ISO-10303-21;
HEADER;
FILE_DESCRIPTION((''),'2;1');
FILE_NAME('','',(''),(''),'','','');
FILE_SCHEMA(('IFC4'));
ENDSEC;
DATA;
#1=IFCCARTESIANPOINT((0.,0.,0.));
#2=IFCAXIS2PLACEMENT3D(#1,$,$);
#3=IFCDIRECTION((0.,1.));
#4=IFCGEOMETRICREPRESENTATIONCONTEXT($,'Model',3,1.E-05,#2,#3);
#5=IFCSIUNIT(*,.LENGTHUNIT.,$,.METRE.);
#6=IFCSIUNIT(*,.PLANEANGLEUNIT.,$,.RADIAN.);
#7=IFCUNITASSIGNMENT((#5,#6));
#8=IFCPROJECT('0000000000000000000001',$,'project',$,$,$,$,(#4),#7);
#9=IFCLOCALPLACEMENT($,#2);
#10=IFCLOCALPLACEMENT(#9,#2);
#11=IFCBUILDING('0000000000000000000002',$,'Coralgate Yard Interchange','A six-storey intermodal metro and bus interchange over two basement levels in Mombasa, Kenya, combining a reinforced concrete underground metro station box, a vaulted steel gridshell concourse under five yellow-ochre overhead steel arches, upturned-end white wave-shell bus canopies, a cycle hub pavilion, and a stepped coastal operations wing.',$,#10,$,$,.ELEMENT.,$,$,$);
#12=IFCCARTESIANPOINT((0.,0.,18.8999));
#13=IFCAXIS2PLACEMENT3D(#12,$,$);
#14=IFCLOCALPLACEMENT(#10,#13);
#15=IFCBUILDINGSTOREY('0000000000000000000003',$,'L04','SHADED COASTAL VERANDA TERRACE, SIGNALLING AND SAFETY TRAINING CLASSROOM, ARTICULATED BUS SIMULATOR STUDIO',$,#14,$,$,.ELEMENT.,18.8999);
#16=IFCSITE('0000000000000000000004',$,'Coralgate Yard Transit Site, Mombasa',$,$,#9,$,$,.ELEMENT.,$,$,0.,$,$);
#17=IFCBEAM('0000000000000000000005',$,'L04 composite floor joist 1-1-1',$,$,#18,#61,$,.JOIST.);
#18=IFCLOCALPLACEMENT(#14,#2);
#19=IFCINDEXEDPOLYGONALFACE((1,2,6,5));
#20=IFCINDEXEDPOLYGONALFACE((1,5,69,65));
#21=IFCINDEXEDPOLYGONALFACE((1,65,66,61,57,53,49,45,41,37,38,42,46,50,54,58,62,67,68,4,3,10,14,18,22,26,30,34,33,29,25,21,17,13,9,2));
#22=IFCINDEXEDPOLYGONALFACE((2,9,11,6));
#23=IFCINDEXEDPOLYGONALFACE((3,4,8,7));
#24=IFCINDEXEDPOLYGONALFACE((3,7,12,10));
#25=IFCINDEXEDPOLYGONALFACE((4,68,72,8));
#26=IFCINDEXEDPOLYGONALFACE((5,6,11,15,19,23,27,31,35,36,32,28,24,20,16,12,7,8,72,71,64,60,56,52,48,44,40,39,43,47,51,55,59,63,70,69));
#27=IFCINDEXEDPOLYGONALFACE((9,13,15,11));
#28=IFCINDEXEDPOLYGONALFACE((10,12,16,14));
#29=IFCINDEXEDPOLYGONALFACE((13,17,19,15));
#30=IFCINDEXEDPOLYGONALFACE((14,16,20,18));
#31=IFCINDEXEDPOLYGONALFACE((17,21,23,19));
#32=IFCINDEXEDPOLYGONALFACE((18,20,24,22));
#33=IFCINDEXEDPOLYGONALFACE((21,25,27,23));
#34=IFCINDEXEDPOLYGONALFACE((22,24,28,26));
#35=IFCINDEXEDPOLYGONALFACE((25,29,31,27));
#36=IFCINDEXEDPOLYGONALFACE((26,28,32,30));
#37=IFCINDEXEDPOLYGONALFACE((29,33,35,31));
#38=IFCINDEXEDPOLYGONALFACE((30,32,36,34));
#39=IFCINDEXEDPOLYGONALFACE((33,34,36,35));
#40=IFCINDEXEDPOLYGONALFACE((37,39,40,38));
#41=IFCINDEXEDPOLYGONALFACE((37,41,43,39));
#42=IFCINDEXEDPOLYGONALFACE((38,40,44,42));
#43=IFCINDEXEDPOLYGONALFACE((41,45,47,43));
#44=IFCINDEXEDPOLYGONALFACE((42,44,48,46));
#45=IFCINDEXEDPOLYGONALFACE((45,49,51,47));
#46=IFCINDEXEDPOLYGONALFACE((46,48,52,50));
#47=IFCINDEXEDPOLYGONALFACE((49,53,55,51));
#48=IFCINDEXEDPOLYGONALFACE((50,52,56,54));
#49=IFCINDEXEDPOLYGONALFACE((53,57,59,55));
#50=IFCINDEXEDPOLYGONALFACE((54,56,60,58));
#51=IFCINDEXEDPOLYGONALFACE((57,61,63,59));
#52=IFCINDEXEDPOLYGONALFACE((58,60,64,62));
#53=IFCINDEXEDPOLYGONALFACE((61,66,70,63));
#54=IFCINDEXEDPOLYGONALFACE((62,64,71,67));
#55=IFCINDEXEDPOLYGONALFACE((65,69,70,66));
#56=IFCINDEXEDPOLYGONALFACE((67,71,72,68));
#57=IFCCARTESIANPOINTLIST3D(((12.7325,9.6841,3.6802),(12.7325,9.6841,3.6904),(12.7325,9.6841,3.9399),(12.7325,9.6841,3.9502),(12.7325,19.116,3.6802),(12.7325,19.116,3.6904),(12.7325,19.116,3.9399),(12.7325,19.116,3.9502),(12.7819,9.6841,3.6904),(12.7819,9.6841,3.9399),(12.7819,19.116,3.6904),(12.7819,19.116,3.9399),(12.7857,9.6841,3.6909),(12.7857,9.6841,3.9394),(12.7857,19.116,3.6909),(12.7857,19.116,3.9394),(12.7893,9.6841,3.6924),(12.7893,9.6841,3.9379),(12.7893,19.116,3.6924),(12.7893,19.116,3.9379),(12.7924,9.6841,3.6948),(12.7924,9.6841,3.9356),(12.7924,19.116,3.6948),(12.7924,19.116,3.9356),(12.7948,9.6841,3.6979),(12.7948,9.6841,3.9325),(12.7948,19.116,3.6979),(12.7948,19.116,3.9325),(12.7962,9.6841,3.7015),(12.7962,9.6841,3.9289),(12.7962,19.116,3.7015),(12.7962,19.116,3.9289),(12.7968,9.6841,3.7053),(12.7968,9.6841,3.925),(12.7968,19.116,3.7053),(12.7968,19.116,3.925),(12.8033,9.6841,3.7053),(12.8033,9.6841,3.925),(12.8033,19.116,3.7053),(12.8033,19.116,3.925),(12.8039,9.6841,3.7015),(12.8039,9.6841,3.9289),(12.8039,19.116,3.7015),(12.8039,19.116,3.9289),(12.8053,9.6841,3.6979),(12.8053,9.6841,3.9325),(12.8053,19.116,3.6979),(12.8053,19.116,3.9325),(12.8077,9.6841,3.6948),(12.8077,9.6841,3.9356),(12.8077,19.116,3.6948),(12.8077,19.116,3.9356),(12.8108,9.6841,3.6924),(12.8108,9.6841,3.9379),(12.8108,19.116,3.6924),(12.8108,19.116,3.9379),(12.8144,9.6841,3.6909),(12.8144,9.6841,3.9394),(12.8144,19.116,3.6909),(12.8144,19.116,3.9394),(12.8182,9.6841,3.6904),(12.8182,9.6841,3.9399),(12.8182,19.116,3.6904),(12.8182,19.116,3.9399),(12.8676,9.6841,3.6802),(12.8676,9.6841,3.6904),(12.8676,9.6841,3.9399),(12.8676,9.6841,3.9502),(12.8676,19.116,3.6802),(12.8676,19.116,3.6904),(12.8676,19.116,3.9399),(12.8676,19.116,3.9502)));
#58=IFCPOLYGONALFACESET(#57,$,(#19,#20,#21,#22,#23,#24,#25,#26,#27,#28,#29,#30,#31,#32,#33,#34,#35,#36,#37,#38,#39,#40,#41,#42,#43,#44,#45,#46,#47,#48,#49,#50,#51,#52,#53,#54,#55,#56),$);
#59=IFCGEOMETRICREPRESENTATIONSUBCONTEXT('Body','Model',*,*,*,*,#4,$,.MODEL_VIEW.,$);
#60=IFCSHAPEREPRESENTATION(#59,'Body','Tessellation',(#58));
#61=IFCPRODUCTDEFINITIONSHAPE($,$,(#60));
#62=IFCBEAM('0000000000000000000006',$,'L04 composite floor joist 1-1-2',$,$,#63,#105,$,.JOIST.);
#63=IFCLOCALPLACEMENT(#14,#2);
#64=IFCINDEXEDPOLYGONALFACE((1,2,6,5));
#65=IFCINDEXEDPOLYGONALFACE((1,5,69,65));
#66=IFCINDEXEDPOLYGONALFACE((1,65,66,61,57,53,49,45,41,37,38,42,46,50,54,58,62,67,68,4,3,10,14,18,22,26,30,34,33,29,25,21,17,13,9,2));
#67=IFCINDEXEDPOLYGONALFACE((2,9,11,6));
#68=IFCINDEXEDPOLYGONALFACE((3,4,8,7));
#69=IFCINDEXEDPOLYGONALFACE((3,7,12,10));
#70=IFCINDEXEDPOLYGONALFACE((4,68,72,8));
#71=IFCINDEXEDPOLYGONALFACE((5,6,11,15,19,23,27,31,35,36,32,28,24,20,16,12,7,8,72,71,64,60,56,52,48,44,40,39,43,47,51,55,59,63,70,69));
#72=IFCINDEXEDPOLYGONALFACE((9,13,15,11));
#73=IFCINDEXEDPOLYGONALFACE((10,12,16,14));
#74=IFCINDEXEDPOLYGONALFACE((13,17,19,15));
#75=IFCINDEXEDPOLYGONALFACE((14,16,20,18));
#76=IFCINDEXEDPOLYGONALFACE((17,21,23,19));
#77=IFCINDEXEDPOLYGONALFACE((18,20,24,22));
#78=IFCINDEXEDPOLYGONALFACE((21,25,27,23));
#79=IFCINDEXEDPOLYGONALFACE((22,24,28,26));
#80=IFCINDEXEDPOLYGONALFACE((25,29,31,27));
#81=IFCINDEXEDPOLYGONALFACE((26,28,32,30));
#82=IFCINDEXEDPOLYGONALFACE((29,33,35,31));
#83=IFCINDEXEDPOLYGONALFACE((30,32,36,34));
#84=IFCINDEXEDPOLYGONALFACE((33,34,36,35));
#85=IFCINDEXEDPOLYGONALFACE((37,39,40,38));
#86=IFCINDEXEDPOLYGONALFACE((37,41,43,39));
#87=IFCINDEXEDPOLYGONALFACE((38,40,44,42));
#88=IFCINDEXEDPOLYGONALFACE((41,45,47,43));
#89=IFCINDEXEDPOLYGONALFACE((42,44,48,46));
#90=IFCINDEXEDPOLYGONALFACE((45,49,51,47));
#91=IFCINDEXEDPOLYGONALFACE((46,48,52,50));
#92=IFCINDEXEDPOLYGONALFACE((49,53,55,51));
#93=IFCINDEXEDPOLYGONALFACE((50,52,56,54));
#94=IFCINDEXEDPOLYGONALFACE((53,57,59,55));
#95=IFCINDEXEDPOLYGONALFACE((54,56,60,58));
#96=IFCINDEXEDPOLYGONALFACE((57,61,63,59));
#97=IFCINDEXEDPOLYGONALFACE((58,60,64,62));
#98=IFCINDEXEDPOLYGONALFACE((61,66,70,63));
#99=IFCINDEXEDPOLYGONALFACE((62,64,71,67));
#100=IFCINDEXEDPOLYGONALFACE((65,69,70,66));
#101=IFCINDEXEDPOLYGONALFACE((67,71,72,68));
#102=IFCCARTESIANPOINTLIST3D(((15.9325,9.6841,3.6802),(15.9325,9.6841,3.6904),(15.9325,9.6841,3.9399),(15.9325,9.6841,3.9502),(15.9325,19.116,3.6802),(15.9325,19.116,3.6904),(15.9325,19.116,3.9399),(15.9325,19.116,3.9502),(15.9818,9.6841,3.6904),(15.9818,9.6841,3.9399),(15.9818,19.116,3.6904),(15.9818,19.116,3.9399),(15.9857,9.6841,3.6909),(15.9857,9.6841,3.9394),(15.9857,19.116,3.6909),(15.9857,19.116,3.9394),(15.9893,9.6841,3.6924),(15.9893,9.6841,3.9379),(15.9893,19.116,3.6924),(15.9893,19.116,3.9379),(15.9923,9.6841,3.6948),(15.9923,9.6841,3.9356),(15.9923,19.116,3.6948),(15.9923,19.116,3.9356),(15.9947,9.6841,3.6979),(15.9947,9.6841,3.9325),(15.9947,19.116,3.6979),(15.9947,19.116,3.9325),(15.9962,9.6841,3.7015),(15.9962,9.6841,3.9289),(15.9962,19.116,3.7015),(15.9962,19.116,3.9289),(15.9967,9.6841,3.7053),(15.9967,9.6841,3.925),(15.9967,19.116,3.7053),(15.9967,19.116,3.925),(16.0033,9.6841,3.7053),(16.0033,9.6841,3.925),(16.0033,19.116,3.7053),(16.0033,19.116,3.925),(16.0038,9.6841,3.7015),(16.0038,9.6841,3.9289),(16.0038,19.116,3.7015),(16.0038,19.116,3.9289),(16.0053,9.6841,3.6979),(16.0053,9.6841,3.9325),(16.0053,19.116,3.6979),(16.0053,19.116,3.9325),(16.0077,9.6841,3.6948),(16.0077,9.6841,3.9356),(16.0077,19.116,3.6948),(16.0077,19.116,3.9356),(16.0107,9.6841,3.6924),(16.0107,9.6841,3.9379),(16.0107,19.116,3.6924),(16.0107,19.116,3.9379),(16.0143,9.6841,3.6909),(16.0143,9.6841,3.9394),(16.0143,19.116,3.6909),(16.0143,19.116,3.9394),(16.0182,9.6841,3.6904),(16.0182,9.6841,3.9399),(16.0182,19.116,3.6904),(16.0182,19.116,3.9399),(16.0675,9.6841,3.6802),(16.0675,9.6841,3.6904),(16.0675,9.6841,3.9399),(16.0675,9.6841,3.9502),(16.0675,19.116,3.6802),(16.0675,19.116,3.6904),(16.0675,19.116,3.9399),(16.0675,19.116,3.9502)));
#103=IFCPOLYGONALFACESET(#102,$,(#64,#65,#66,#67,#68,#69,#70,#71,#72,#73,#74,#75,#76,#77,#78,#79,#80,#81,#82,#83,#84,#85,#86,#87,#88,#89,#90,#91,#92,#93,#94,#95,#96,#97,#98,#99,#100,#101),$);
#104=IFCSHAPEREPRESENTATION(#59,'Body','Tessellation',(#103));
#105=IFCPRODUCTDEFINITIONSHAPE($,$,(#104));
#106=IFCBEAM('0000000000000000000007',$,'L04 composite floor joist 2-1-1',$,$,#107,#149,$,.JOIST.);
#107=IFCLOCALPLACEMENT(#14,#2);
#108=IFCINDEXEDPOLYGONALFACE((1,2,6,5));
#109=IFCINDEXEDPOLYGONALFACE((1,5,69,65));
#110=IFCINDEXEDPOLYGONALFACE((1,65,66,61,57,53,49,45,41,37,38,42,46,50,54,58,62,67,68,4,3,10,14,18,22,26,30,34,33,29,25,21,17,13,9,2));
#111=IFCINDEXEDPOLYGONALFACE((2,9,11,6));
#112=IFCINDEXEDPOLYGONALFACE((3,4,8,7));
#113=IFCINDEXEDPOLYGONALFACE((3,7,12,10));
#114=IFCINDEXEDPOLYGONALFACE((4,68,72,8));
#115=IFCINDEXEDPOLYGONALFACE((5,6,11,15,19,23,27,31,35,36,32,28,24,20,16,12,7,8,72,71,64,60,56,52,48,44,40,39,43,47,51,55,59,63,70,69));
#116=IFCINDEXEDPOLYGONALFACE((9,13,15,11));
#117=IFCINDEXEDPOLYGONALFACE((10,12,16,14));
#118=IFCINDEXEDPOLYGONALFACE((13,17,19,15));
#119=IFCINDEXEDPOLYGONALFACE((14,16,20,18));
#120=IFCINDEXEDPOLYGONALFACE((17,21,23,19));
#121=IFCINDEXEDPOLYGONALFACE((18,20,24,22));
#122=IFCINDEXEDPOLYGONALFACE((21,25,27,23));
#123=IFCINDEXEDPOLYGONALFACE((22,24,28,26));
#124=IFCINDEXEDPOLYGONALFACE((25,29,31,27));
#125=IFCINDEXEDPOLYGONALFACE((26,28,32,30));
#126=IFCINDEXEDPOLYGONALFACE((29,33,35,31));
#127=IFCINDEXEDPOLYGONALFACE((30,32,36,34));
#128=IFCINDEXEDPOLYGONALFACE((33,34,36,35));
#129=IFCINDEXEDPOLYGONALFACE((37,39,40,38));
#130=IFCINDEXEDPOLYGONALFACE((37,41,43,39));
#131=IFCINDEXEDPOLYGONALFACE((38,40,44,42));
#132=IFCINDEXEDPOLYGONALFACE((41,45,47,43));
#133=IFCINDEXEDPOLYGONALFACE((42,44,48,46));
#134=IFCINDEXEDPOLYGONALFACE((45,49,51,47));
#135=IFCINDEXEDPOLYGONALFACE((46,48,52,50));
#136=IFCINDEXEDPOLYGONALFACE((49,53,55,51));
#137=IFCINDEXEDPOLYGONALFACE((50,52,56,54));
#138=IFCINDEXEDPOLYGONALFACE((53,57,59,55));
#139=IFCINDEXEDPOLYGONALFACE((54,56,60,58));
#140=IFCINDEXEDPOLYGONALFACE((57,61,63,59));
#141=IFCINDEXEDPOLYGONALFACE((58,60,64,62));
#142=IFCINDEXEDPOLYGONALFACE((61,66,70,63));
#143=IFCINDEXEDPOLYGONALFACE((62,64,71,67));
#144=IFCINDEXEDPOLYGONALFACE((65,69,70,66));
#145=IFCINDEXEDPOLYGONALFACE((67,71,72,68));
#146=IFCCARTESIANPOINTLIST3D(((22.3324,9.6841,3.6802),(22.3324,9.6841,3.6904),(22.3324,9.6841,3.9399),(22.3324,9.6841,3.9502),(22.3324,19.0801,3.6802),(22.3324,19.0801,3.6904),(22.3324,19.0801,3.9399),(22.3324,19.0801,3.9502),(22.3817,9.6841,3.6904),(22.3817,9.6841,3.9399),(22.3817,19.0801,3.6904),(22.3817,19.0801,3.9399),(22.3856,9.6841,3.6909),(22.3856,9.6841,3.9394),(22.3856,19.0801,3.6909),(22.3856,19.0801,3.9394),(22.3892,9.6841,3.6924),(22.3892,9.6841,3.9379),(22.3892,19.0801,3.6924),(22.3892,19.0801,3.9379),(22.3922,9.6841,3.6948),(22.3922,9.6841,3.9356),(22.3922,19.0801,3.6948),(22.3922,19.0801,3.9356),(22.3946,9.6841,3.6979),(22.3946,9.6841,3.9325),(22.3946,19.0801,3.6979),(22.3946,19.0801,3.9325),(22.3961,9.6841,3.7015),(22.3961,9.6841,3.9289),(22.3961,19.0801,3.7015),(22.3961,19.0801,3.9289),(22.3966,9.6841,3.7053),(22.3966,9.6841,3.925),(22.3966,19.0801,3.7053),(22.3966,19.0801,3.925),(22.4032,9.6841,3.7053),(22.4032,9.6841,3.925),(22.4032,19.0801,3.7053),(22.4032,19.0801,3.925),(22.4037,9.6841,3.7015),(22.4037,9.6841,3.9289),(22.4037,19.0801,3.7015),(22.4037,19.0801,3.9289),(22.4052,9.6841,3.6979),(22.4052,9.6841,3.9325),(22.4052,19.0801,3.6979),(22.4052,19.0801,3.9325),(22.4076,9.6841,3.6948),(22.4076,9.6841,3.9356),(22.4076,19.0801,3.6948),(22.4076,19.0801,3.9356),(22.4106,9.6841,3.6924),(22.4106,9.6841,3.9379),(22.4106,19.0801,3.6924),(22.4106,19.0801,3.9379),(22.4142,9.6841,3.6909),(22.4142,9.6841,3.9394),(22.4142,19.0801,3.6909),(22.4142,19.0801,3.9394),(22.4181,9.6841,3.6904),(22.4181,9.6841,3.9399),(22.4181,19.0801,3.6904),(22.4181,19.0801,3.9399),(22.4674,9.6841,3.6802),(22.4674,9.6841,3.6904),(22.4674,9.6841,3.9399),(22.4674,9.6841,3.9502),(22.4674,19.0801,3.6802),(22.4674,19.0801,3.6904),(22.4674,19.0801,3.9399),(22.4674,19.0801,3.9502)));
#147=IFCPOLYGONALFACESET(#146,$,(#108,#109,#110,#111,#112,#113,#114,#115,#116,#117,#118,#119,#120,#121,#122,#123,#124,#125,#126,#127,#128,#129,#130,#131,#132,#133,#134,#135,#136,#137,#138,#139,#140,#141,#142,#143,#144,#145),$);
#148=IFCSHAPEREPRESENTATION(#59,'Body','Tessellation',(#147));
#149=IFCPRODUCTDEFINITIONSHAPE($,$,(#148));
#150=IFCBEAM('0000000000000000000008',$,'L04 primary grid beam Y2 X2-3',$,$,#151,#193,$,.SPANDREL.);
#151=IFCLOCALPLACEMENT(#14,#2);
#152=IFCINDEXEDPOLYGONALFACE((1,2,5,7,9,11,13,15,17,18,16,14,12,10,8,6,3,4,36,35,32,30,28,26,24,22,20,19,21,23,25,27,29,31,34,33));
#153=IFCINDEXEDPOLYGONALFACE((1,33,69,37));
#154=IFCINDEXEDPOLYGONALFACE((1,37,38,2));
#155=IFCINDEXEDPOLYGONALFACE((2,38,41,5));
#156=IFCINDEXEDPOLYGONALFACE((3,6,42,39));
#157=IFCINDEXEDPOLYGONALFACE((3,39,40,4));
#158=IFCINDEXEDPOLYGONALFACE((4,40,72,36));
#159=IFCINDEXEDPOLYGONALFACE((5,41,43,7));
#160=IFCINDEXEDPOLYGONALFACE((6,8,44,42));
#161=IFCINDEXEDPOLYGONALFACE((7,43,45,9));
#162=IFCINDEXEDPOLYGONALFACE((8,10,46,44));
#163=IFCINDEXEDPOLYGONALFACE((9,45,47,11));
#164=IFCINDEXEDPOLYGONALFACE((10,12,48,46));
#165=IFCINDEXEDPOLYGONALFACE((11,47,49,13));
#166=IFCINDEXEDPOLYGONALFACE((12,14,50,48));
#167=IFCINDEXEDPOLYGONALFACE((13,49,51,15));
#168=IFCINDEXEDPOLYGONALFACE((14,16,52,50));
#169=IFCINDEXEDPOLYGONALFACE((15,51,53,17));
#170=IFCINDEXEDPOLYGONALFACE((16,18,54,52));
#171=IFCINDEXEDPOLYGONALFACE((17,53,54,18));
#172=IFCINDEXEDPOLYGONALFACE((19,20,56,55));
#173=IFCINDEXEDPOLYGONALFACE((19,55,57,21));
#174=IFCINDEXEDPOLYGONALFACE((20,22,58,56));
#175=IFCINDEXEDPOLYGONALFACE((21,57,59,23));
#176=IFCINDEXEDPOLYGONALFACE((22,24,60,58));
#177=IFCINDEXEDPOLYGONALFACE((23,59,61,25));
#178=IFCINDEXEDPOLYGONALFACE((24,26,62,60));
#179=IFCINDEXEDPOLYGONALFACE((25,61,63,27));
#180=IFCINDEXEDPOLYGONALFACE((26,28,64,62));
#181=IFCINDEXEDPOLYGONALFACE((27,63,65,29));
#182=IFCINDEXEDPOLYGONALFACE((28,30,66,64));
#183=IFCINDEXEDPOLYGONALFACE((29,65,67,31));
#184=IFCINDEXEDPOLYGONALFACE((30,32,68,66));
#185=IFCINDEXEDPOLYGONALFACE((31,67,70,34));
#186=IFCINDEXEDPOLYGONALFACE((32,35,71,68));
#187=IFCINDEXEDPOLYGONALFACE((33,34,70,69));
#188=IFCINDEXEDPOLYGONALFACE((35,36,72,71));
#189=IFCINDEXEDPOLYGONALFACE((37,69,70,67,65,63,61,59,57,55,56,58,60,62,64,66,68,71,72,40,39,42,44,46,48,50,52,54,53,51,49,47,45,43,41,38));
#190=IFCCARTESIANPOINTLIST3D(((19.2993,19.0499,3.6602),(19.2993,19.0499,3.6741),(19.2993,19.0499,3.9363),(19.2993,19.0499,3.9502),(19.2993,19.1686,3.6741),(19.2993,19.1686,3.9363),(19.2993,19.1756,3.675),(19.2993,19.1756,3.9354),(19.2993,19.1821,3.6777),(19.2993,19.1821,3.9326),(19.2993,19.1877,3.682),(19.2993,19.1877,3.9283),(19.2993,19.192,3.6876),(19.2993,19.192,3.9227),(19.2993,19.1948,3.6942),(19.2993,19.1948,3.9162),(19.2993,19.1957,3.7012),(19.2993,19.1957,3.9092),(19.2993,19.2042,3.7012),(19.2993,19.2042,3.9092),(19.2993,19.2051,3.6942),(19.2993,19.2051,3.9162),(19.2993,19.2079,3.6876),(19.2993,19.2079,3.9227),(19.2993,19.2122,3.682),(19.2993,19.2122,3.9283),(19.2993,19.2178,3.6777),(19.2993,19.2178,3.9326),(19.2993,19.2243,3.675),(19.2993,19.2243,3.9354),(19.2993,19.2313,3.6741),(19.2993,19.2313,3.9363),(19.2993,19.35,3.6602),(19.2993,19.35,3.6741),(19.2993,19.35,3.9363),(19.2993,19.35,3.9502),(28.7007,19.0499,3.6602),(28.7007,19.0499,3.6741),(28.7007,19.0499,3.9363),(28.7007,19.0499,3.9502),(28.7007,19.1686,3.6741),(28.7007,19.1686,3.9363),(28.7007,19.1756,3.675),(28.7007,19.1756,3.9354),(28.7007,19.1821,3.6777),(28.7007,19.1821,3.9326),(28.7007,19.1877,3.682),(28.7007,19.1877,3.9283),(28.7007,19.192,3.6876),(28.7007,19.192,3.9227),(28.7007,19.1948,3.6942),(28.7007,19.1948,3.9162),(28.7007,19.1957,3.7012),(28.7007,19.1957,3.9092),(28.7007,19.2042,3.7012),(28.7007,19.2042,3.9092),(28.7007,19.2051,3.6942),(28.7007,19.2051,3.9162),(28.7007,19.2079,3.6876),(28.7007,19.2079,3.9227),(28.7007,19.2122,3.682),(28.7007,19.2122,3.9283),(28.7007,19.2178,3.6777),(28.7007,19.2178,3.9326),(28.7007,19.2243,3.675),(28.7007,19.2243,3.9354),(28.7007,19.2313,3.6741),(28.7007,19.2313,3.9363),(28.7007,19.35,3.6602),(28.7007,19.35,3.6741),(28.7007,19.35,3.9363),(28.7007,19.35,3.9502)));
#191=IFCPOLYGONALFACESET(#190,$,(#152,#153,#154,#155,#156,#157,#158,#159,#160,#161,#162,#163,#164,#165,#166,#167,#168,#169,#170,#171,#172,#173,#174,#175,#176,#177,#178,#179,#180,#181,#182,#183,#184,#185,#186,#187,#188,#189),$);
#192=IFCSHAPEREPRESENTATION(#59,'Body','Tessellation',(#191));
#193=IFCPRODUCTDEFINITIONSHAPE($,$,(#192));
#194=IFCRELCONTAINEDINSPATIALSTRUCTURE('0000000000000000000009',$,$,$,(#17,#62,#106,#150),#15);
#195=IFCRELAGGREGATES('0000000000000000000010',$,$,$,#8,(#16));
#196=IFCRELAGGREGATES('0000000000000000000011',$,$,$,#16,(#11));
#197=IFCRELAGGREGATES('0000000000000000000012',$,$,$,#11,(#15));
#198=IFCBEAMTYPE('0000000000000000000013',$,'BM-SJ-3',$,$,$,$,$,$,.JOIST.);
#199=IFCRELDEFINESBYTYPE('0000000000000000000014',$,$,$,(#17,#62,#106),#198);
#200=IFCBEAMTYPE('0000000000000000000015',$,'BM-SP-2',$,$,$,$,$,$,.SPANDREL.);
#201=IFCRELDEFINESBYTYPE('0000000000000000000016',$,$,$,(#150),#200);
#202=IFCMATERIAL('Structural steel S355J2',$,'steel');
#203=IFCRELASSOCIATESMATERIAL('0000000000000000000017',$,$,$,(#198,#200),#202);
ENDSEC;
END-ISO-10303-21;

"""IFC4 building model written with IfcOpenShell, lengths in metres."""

from ifc_helpers import new_model, si_unit, direction, frame, origin, origin_2d, place, context, subcontext, project, spatial, i_section, extrude, material, material_profile, profile_set, type_object, element, save


model = new_model("IFC4")

# Units and contexts
model_context = context("Model", 3, precision=1e-05, world=origin(), true_north=direction((0.0, 1.0)))
body_context = subcontext(model_context, "Body", "Model", "MODEL_VIEW")
ifc_project = project(units=[si_unit("LENGTHUNIT", "METRE"), si_unit("PLANEANGLEUNIT", "RADIAN")], contexts=[model_context])

# Site, building, storey
site_placement = place(None, origin())
site = spatial("IfcSite", under=ifc_project, at=site_placement, Name="Coralgate Yard Transit Site, Mombasa", CompositionType="ELEMENT", RefElevation=0.0)
building_placement = place(site_placement, origin())
building = spatial("IfcBuilding", under=site, at=building_placement, Name="Coralgate Yard Interchange", Description="A six-storey intermodal metro and bus interchange over two basement levels in Mombasa, Kenya, combining a reinforced concrete underground metro station box, a vaulted steel gridshell concourse under five yellow-ochre overhead steel arches, upturned-end white wave-shell bus canopies, a cycle hub pavilion, and a stepped coastal operations wing.", CompositionType="ELEMENT")
storey_placement = place(building_placement, frame((0.0, 0.0, 18.8999)))
storey = spatial("IfcBuildingStorey", under=building, at=storey_placement, Name="L04", Description="SHADED COASTAL VERANDA TERRACE, SIGNALLING AND SAFETY TRAINING CLASSROOM, ARTICULATED BUS SIMULATOR STUDIO", CompositionType="ELEMENT", Elevation=18.8999)

# Shared definitions
ifc_material_1 = material(Name="Structural steel S355J2", Category="steel")

# Beams
ifc_material_profile_1 = material_profile(ifc_material_1, i_section(OverallWidth=0.135, OverallDepth=0.27, WebThickness=0.0066, FlangeThickness=0.0103, FilletRadius=0.0149, at=origin_2d()), Name="IPE 270")
ifc_profile_set_1 = profile_set([ifc_material_profile_1], Name="Structural steel S355J2")
beam_type_1 = type_object("IfcBeamType", Name="BM-SJ-3", PredefinedType="JOIST", material=ifc_profile_set_1)
for number, where, z_axis, x_axis, name in (
    (1, (12.8, 9.6841, 3.8152), (0.0, 1.0, 0.0), (-1.0, 0.0, 0.0), "L04 composite floor joist 1-1-1"),
    (2, (16.0, 9.6841, 3.8152), (0.0, 1.0, 0.0), (-1.0, 0.0, 0.0), "L04 composite floor joist 1-1-2"),
):
    element("IfcBeam", number, at=place(storey_placement, frame(where, z_axis=z_axis, x_axis=x_axis)), inside=storey, type_object=beam_type_1, Name=name, PredefinedType="JOIST", context=body_context, shape_type="SweptSolid", body=[
        extrude(i_section(OverallWidth=0.135, OverallDepth=0.27, WebThickness=0.0066, FlangeThickness=0.0103, FilletRadius=0.0149, at=origin_2d()), origin(), (0.0, 0.0, 1.0), 9.4319),
    ])
beam_1_placement = place(storey_placement, frame((22.3999, 9.6841, 3.8152), z_axis=(0.0, 1.0, 0.0), x_axis=(-1.0, 0.0, 0.0)))
element("IfcBeam", 3, at=beam_1_placement, inside=storey, type_object=beam_type_1, Name="L04 composite floor joist 2-1-1", PredefinedType="JOIST", context=body_context, shape_type="SweptSolid", body=[
    extrude(i_section(OverallWidth=0.135, OverallDepth=0.27, WebThickness=0.0066, FlangeThickness=0.0103, FilletRadius=0.0149, at=origin_2d()), origin(), (0.0, 0.0, 1.0), 9.396),
])
ifc_material_profile_2 = material_profile(ifc_material_1, i_section(OverallWidth=0.3, OverallDepth=0.29, WebThickness=0.0085, FlangeThickness=0.0139, FilletRadius=0.0271, at=origin_2d()), Name="HEA 300")
ifc_profile_set_2 = profile_set([ifc_material_profile_2], Name="Structural steel S355J2")
beam_type_2 = type_object("IfcBeamType", Name="BM-SP-2", PredefinedType="SPANDREL", material=ifc_profile_set_2)
beam_2_placement = place(storey_placement, frame((19.2993, 19.2, 3.8052), z_axis=(1.0, 0.0, 0.0), x_axis=(0.0, 1.0, 0.0)))
element("IfcBeam", 4, at=beam_2_placement, inside=storey, type_object=beam_type_2, Name="L04 primary grid beam Y2 X2-3", PredefinedType="SPANDREL", context=body_context, shape_type="SweptSolid", body=[
    extrude(i_section(OverallWidth=0.3, OverallDepth=0.29, WebThickness=0.0085, FlangeThickness=0.0139, FilletRadius=0.0271, at=origin_2d()), origin(), (0.0, 0.0, 1.0), 9.4014),
])

save(model, "model.ifc")
